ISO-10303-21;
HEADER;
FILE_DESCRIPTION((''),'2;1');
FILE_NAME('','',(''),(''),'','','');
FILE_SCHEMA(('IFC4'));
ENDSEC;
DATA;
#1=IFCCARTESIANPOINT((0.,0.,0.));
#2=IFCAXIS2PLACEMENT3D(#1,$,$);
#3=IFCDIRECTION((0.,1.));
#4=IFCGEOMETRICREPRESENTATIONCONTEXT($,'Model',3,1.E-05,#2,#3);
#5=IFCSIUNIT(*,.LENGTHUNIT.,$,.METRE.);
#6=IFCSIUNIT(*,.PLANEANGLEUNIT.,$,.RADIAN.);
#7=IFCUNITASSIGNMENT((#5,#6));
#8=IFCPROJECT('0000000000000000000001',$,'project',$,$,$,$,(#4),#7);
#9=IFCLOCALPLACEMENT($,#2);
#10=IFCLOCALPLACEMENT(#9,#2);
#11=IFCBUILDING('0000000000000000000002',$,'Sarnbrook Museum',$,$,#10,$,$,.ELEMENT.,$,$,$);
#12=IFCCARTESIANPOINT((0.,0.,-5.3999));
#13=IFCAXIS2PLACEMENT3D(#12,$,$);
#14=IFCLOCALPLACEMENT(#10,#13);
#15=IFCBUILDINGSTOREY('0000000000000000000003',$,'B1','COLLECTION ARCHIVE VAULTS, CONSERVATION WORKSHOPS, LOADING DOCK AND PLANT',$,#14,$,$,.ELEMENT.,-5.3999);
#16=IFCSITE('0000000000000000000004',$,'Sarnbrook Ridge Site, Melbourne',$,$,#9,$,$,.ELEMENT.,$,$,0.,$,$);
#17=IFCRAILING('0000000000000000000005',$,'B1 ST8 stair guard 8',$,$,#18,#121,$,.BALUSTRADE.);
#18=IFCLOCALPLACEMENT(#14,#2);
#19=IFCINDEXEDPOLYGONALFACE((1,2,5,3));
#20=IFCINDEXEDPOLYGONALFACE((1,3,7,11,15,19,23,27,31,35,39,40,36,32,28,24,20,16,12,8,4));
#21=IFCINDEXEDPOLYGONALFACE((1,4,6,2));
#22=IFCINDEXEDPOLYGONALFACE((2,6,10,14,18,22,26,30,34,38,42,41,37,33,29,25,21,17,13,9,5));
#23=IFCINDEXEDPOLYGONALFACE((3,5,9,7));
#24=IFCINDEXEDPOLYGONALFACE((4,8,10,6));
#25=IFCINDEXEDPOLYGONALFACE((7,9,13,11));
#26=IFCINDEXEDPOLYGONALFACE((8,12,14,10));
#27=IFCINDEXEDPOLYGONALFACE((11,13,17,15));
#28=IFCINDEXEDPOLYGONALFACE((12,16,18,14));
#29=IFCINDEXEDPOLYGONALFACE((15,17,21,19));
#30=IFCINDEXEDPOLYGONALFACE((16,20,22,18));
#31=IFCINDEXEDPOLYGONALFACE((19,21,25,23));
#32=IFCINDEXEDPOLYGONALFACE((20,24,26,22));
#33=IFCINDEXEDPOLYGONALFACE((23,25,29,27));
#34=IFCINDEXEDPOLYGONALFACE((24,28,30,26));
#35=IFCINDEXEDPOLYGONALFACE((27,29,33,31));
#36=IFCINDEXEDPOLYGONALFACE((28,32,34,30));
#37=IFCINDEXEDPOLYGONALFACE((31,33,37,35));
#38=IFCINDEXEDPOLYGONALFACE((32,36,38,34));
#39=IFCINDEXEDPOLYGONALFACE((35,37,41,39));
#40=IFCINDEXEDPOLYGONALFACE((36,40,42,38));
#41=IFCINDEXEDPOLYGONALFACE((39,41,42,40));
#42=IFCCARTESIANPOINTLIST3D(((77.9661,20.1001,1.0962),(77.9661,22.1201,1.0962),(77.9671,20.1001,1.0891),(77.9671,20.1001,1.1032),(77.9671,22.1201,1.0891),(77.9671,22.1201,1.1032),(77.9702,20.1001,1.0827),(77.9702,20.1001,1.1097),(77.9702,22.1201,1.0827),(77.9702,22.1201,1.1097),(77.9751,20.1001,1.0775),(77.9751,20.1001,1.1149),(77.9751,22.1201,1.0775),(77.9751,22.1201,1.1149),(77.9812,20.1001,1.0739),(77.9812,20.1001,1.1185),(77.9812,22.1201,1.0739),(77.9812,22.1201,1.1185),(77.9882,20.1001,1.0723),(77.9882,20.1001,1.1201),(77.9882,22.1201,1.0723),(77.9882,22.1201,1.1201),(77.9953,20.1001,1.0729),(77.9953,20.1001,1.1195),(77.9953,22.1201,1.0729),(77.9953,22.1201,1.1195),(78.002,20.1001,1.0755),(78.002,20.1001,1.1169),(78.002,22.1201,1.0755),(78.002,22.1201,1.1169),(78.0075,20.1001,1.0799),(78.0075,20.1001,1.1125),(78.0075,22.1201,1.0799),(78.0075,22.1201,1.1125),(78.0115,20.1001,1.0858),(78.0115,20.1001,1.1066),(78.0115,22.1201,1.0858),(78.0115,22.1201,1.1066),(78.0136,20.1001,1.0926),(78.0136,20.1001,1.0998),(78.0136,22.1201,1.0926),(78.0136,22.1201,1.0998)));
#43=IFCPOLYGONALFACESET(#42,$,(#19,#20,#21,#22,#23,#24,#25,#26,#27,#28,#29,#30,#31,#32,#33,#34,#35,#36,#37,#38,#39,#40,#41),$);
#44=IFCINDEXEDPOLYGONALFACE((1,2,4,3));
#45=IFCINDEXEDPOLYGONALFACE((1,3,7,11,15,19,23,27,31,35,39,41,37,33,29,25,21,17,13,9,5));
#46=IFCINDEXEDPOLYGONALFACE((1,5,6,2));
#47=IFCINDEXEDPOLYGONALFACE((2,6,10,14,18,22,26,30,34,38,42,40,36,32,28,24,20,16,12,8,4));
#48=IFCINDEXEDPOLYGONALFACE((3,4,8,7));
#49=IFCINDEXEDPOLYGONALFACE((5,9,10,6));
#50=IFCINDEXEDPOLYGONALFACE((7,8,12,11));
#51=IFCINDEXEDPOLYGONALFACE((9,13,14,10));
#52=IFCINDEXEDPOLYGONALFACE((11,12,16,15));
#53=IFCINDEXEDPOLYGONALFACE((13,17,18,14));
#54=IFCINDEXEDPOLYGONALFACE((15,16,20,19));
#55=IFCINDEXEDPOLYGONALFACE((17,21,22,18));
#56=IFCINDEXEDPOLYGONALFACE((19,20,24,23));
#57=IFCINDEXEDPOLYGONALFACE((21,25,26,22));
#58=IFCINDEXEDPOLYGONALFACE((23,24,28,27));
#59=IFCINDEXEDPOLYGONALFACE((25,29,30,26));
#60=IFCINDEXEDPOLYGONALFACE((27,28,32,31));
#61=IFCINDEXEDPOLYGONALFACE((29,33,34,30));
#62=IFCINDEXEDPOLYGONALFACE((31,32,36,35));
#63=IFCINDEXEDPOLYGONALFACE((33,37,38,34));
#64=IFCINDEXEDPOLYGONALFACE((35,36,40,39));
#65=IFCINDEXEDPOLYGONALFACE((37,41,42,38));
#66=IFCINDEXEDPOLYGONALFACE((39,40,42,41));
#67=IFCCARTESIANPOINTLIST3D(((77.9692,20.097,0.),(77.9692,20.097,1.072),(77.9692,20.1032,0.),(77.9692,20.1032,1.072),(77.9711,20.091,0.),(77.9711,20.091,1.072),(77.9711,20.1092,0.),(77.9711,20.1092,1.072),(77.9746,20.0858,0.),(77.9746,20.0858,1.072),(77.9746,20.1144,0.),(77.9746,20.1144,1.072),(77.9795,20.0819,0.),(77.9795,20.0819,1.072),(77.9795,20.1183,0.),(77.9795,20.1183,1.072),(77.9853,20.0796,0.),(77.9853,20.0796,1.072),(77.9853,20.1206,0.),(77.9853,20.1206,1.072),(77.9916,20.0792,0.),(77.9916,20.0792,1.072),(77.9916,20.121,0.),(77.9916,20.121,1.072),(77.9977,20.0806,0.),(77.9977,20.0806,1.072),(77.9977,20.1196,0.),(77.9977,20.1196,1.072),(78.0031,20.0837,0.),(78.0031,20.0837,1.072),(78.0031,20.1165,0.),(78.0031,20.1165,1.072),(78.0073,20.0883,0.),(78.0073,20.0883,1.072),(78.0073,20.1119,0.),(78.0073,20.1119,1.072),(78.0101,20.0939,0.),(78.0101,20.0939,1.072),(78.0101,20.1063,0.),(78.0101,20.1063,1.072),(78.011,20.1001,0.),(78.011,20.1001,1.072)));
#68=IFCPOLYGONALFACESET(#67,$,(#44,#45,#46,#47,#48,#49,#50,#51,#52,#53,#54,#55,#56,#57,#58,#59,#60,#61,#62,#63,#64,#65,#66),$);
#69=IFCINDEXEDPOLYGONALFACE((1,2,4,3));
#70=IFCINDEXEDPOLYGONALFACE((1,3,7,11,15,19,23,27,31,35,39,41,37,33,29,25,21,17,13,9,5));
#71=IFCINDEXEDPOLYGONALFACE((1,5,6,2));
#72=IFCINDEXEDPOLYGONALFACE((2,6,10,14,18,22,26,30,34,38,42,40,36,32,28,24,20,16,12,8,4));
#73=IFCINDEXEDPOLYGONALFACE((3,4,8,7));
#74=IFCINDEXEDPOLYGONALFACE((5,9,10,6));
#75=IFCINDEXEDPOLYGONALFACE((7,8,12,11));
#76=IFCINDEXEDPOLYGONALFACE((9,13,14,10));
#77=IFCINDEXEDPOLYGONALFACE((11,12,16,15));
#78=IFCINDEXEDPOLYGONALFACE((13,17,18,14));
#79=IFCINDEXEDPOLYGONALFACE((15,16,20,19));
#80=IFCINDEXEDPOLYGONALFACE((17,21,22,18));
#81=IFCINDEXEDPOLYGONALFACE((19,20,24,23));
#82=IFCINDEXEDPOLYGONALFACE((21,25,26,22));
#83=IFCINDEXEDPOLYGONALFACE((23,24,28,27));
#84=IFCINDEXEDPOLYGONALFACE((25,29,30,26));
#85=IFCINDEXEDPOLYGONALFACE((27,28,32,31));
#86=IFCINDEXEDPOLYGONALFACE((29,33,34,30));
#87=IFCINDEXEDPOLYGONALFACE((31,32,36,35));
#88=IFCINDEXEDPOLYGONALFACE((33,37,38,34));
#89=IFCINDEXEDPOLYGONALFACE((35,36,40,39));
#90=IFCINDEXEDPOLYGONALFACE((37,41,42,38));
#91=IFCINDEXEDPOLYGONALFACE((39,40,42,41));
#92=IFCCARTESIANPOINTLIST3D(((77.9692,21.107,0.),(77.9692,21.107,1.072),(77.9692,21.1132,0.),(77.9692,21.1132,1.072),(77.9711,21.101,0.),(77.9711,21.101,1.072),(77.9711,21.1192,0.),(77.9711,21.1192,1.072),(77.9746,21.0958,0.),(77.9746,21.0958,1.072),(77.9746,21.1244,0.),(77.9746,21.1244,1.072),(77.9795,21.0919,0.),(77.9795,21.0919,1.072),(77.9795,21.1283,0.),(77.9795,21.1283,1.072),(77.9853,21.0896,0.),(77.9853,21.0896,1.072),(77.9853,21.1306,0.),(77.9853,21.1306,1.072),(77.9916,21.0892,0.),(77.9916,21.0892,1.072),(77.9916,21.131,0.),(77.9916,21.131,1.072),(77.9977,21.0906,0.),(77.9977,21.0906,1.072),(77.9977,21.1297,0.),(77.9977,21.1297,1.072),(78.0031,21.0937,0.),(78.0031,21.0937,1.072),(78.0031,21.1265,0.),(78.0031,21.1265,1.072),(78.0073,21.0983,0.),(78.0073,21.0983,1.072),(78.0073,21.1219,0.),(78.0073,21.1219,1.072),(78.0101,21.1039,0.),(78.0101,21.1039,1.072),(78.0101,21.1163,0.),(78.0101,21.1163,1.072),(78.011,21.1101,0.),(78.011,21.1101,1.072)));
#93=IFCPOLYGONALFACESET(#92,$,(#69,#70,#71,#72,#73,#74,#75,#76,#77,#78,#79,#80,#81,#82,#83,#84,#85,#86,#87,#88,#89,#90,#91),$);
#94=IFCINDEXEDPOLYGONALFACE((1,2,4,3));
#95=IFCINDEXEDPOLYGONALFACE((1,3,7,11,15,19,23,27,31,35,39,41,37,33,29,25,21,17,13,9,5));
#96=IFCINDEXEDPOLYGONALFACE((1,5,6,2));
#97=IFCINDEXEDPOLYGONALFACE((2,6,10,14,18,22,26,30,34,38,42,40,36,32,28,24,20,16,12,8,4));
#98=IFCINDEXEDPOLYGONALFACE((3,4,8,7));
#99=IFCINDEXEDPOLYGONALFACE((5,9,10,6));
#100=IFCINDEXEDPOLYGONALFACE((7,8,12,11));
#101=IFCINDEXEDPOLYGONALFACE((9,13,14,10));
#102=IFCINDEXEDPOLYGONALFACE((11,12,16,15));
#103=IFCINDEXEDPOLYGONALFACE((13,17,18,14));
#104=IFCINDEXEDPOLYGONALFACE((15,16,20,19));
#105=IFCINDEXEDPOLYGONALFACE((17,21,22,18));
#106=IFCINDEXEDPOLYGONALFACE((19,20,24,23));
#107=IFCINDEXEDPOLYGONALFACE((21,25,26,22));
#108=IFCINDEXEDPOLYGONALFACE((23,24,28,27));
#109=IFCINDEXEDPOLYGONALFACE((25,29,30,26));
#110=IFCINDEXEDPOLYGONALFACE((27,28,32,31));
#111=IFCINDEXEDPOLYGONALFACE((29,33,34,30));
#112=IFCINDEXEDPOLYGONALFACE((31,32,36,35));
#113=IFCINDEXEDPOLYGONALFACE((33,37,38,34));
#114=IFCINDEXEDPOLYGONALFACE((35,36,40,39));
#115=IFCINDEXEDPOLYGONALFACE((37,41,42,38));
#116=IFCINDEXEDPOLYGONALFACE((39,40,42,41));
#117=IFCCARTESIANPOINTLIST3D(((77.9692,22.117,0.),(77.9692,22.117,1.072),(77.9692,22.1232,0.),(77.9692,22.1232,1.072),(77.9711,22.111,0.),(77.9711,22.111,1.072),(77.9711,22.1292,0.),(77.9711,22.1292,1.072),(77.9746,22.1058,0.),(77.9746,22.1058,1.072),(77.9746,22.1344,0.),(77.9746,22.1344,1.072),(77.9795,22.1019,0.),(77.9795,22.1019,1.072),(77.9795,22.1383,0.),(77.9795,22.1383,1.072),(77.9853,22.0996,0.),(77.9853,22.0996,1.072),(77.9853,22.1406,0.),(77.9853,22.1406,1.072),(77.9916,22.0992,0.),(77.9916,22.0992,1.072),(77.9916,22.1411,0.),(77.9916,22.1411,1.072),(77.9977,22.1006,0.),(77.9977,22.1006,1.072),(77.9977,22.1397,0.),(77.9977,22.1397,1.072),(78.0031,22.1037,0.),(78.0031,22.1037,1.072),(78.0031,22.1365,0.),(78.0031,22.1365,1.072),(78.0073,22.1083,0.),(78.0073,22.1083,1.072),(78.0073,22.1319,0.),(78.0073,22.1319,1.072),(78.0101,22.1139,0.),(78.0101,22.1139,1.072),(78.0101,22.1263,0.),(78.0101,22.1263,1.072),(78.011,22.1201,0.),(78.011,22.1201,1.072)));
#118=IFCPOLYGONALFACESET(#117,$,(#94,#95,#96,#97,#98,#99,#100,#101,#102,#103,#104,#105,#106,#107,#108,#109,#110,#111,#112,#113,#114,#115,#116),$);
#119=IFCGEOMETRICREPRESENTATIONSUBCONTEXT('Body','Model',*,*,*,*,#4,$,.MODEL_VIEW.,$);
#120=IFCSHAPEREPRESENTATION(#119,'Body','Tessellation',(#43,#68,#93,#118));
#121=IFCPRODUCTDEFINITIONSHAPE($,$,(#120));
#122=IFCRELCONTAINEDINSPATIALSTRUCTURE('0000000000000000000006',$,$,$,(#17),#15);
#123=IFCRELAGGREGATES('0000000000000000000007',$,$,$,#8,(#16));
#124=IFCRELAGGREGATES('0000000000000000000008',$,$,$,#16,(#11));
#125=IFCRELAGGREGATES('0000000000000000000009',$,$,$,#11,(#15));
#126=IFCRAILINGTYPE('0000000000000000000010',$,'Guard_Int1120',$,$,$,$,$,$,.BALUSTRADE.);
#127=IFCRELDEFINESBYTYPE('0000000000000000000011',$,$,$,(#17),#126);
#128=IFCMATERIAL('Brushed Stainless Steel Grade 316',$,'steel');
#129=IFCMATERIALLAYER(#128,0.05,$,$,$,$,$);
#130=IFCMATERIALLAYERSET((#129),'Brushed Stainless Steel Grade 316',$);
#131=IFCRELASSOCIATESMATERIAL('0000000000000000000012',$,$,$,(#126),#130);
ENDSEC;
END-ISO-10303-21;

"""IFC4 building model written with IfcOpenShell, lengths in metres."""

from ifc_helpers import new_model, si_unit, direction, frame, origin, origin_2d, place, context, subcontext, project, spatial, circle, extrude, material, layer, layer_set, type_object, element, save


model = new_model("IFC4")

# Units and contexts
model_context = context("Model", 3, precision=1e-05, world=origin(), true_north=direction((0.0, 1.0)))
body_context = subcontext(model_context, "Body", "Model", "MODEL_VIEW")
ifc_project = project(units=[si_unit("LENGTHUNIT", "METRE"), si_unit("PLANEANGLEUNIT", "RADIAN")], contexts=[model_context])

# Site, building, storey
site_placement = place(None, origin())
site = spatial("IfcSite", under=ifc_project, at=site_placement, Name="Sarnbrook Ridge Site, Melbourne", CompositionType="ELEMENT", RefElevation=0.0)
building_placement = place(site_placement, origin())
building = spatial("IfcBuilding", under=site, at=building_placement, Name="Sarnbrook Museum", CompositionType="ELEMENT")
storey_placement = place(building_placement, frame((0.0, 0.0, -5.3999)))
storey = spatial("IfcBuildingStorey", under=building, at=storey_placement, Name="B1", Description="COLLECTION ARCHIVE VAULTS, CONSERVATION WORKSHOPS, LOADING DOCK AND PLANT", CompositionType="ELEMENT", Elevation=-5.3999)

# Railing
ifc_material_1 = material(Name="Brushed Stainless Steel Grade 316", Category="steel")
ifc_layer_1 = layer(ifc_material_1, 0.05)
ifc_layer_set_1 = layer_set([ifc_layer_1], Name="Brushed Stainless Steel Grade 316")
railing_type = type_object("IfcRailingType", Name="Guard_Int1120", PredefinedType="BALUSTRADE", material=ifc_layer_set_1)
for number, where, name in (
    (1, (77.99, 20.1001, 0.0), "B1 ST8 stair guard 8"),
):
    element("IfcRailing", number, at=place(storey_placement, frame(where)), inside=storey, type_object=railing_type, Name=name, PredefinedType="BALUSTRADE", context=body_context, shape_type="SweptSolid", body=[
        extrude(circle(Radius=0.0239, at=origin_2d()), frame((0.0, 0.0, 1.0962), z_axis=(0.0, 1.0, 0.0), x_axis=(-1.0, 0.0, 0.0)), (0.0, 0.0, 1.0), 2.02),
        extrude(circle(Radius=0.021, at=origin_2d()), origin(), (0.0, 0.0, 1.0), 1.072),
        extrude(circle(Radius=0.021, at=origin_2d()), frame((0.0, 1.01, 0.0)), (0.0, 0.0, 1.0), 1.072),
        extrude(circle(Radius=0.021, at=origin_2d()), frame((0.0, 2.02, 0.0)), (0.0, 0.0, 1.0), 1.072),
    ])

save(model, "model.ifc")
